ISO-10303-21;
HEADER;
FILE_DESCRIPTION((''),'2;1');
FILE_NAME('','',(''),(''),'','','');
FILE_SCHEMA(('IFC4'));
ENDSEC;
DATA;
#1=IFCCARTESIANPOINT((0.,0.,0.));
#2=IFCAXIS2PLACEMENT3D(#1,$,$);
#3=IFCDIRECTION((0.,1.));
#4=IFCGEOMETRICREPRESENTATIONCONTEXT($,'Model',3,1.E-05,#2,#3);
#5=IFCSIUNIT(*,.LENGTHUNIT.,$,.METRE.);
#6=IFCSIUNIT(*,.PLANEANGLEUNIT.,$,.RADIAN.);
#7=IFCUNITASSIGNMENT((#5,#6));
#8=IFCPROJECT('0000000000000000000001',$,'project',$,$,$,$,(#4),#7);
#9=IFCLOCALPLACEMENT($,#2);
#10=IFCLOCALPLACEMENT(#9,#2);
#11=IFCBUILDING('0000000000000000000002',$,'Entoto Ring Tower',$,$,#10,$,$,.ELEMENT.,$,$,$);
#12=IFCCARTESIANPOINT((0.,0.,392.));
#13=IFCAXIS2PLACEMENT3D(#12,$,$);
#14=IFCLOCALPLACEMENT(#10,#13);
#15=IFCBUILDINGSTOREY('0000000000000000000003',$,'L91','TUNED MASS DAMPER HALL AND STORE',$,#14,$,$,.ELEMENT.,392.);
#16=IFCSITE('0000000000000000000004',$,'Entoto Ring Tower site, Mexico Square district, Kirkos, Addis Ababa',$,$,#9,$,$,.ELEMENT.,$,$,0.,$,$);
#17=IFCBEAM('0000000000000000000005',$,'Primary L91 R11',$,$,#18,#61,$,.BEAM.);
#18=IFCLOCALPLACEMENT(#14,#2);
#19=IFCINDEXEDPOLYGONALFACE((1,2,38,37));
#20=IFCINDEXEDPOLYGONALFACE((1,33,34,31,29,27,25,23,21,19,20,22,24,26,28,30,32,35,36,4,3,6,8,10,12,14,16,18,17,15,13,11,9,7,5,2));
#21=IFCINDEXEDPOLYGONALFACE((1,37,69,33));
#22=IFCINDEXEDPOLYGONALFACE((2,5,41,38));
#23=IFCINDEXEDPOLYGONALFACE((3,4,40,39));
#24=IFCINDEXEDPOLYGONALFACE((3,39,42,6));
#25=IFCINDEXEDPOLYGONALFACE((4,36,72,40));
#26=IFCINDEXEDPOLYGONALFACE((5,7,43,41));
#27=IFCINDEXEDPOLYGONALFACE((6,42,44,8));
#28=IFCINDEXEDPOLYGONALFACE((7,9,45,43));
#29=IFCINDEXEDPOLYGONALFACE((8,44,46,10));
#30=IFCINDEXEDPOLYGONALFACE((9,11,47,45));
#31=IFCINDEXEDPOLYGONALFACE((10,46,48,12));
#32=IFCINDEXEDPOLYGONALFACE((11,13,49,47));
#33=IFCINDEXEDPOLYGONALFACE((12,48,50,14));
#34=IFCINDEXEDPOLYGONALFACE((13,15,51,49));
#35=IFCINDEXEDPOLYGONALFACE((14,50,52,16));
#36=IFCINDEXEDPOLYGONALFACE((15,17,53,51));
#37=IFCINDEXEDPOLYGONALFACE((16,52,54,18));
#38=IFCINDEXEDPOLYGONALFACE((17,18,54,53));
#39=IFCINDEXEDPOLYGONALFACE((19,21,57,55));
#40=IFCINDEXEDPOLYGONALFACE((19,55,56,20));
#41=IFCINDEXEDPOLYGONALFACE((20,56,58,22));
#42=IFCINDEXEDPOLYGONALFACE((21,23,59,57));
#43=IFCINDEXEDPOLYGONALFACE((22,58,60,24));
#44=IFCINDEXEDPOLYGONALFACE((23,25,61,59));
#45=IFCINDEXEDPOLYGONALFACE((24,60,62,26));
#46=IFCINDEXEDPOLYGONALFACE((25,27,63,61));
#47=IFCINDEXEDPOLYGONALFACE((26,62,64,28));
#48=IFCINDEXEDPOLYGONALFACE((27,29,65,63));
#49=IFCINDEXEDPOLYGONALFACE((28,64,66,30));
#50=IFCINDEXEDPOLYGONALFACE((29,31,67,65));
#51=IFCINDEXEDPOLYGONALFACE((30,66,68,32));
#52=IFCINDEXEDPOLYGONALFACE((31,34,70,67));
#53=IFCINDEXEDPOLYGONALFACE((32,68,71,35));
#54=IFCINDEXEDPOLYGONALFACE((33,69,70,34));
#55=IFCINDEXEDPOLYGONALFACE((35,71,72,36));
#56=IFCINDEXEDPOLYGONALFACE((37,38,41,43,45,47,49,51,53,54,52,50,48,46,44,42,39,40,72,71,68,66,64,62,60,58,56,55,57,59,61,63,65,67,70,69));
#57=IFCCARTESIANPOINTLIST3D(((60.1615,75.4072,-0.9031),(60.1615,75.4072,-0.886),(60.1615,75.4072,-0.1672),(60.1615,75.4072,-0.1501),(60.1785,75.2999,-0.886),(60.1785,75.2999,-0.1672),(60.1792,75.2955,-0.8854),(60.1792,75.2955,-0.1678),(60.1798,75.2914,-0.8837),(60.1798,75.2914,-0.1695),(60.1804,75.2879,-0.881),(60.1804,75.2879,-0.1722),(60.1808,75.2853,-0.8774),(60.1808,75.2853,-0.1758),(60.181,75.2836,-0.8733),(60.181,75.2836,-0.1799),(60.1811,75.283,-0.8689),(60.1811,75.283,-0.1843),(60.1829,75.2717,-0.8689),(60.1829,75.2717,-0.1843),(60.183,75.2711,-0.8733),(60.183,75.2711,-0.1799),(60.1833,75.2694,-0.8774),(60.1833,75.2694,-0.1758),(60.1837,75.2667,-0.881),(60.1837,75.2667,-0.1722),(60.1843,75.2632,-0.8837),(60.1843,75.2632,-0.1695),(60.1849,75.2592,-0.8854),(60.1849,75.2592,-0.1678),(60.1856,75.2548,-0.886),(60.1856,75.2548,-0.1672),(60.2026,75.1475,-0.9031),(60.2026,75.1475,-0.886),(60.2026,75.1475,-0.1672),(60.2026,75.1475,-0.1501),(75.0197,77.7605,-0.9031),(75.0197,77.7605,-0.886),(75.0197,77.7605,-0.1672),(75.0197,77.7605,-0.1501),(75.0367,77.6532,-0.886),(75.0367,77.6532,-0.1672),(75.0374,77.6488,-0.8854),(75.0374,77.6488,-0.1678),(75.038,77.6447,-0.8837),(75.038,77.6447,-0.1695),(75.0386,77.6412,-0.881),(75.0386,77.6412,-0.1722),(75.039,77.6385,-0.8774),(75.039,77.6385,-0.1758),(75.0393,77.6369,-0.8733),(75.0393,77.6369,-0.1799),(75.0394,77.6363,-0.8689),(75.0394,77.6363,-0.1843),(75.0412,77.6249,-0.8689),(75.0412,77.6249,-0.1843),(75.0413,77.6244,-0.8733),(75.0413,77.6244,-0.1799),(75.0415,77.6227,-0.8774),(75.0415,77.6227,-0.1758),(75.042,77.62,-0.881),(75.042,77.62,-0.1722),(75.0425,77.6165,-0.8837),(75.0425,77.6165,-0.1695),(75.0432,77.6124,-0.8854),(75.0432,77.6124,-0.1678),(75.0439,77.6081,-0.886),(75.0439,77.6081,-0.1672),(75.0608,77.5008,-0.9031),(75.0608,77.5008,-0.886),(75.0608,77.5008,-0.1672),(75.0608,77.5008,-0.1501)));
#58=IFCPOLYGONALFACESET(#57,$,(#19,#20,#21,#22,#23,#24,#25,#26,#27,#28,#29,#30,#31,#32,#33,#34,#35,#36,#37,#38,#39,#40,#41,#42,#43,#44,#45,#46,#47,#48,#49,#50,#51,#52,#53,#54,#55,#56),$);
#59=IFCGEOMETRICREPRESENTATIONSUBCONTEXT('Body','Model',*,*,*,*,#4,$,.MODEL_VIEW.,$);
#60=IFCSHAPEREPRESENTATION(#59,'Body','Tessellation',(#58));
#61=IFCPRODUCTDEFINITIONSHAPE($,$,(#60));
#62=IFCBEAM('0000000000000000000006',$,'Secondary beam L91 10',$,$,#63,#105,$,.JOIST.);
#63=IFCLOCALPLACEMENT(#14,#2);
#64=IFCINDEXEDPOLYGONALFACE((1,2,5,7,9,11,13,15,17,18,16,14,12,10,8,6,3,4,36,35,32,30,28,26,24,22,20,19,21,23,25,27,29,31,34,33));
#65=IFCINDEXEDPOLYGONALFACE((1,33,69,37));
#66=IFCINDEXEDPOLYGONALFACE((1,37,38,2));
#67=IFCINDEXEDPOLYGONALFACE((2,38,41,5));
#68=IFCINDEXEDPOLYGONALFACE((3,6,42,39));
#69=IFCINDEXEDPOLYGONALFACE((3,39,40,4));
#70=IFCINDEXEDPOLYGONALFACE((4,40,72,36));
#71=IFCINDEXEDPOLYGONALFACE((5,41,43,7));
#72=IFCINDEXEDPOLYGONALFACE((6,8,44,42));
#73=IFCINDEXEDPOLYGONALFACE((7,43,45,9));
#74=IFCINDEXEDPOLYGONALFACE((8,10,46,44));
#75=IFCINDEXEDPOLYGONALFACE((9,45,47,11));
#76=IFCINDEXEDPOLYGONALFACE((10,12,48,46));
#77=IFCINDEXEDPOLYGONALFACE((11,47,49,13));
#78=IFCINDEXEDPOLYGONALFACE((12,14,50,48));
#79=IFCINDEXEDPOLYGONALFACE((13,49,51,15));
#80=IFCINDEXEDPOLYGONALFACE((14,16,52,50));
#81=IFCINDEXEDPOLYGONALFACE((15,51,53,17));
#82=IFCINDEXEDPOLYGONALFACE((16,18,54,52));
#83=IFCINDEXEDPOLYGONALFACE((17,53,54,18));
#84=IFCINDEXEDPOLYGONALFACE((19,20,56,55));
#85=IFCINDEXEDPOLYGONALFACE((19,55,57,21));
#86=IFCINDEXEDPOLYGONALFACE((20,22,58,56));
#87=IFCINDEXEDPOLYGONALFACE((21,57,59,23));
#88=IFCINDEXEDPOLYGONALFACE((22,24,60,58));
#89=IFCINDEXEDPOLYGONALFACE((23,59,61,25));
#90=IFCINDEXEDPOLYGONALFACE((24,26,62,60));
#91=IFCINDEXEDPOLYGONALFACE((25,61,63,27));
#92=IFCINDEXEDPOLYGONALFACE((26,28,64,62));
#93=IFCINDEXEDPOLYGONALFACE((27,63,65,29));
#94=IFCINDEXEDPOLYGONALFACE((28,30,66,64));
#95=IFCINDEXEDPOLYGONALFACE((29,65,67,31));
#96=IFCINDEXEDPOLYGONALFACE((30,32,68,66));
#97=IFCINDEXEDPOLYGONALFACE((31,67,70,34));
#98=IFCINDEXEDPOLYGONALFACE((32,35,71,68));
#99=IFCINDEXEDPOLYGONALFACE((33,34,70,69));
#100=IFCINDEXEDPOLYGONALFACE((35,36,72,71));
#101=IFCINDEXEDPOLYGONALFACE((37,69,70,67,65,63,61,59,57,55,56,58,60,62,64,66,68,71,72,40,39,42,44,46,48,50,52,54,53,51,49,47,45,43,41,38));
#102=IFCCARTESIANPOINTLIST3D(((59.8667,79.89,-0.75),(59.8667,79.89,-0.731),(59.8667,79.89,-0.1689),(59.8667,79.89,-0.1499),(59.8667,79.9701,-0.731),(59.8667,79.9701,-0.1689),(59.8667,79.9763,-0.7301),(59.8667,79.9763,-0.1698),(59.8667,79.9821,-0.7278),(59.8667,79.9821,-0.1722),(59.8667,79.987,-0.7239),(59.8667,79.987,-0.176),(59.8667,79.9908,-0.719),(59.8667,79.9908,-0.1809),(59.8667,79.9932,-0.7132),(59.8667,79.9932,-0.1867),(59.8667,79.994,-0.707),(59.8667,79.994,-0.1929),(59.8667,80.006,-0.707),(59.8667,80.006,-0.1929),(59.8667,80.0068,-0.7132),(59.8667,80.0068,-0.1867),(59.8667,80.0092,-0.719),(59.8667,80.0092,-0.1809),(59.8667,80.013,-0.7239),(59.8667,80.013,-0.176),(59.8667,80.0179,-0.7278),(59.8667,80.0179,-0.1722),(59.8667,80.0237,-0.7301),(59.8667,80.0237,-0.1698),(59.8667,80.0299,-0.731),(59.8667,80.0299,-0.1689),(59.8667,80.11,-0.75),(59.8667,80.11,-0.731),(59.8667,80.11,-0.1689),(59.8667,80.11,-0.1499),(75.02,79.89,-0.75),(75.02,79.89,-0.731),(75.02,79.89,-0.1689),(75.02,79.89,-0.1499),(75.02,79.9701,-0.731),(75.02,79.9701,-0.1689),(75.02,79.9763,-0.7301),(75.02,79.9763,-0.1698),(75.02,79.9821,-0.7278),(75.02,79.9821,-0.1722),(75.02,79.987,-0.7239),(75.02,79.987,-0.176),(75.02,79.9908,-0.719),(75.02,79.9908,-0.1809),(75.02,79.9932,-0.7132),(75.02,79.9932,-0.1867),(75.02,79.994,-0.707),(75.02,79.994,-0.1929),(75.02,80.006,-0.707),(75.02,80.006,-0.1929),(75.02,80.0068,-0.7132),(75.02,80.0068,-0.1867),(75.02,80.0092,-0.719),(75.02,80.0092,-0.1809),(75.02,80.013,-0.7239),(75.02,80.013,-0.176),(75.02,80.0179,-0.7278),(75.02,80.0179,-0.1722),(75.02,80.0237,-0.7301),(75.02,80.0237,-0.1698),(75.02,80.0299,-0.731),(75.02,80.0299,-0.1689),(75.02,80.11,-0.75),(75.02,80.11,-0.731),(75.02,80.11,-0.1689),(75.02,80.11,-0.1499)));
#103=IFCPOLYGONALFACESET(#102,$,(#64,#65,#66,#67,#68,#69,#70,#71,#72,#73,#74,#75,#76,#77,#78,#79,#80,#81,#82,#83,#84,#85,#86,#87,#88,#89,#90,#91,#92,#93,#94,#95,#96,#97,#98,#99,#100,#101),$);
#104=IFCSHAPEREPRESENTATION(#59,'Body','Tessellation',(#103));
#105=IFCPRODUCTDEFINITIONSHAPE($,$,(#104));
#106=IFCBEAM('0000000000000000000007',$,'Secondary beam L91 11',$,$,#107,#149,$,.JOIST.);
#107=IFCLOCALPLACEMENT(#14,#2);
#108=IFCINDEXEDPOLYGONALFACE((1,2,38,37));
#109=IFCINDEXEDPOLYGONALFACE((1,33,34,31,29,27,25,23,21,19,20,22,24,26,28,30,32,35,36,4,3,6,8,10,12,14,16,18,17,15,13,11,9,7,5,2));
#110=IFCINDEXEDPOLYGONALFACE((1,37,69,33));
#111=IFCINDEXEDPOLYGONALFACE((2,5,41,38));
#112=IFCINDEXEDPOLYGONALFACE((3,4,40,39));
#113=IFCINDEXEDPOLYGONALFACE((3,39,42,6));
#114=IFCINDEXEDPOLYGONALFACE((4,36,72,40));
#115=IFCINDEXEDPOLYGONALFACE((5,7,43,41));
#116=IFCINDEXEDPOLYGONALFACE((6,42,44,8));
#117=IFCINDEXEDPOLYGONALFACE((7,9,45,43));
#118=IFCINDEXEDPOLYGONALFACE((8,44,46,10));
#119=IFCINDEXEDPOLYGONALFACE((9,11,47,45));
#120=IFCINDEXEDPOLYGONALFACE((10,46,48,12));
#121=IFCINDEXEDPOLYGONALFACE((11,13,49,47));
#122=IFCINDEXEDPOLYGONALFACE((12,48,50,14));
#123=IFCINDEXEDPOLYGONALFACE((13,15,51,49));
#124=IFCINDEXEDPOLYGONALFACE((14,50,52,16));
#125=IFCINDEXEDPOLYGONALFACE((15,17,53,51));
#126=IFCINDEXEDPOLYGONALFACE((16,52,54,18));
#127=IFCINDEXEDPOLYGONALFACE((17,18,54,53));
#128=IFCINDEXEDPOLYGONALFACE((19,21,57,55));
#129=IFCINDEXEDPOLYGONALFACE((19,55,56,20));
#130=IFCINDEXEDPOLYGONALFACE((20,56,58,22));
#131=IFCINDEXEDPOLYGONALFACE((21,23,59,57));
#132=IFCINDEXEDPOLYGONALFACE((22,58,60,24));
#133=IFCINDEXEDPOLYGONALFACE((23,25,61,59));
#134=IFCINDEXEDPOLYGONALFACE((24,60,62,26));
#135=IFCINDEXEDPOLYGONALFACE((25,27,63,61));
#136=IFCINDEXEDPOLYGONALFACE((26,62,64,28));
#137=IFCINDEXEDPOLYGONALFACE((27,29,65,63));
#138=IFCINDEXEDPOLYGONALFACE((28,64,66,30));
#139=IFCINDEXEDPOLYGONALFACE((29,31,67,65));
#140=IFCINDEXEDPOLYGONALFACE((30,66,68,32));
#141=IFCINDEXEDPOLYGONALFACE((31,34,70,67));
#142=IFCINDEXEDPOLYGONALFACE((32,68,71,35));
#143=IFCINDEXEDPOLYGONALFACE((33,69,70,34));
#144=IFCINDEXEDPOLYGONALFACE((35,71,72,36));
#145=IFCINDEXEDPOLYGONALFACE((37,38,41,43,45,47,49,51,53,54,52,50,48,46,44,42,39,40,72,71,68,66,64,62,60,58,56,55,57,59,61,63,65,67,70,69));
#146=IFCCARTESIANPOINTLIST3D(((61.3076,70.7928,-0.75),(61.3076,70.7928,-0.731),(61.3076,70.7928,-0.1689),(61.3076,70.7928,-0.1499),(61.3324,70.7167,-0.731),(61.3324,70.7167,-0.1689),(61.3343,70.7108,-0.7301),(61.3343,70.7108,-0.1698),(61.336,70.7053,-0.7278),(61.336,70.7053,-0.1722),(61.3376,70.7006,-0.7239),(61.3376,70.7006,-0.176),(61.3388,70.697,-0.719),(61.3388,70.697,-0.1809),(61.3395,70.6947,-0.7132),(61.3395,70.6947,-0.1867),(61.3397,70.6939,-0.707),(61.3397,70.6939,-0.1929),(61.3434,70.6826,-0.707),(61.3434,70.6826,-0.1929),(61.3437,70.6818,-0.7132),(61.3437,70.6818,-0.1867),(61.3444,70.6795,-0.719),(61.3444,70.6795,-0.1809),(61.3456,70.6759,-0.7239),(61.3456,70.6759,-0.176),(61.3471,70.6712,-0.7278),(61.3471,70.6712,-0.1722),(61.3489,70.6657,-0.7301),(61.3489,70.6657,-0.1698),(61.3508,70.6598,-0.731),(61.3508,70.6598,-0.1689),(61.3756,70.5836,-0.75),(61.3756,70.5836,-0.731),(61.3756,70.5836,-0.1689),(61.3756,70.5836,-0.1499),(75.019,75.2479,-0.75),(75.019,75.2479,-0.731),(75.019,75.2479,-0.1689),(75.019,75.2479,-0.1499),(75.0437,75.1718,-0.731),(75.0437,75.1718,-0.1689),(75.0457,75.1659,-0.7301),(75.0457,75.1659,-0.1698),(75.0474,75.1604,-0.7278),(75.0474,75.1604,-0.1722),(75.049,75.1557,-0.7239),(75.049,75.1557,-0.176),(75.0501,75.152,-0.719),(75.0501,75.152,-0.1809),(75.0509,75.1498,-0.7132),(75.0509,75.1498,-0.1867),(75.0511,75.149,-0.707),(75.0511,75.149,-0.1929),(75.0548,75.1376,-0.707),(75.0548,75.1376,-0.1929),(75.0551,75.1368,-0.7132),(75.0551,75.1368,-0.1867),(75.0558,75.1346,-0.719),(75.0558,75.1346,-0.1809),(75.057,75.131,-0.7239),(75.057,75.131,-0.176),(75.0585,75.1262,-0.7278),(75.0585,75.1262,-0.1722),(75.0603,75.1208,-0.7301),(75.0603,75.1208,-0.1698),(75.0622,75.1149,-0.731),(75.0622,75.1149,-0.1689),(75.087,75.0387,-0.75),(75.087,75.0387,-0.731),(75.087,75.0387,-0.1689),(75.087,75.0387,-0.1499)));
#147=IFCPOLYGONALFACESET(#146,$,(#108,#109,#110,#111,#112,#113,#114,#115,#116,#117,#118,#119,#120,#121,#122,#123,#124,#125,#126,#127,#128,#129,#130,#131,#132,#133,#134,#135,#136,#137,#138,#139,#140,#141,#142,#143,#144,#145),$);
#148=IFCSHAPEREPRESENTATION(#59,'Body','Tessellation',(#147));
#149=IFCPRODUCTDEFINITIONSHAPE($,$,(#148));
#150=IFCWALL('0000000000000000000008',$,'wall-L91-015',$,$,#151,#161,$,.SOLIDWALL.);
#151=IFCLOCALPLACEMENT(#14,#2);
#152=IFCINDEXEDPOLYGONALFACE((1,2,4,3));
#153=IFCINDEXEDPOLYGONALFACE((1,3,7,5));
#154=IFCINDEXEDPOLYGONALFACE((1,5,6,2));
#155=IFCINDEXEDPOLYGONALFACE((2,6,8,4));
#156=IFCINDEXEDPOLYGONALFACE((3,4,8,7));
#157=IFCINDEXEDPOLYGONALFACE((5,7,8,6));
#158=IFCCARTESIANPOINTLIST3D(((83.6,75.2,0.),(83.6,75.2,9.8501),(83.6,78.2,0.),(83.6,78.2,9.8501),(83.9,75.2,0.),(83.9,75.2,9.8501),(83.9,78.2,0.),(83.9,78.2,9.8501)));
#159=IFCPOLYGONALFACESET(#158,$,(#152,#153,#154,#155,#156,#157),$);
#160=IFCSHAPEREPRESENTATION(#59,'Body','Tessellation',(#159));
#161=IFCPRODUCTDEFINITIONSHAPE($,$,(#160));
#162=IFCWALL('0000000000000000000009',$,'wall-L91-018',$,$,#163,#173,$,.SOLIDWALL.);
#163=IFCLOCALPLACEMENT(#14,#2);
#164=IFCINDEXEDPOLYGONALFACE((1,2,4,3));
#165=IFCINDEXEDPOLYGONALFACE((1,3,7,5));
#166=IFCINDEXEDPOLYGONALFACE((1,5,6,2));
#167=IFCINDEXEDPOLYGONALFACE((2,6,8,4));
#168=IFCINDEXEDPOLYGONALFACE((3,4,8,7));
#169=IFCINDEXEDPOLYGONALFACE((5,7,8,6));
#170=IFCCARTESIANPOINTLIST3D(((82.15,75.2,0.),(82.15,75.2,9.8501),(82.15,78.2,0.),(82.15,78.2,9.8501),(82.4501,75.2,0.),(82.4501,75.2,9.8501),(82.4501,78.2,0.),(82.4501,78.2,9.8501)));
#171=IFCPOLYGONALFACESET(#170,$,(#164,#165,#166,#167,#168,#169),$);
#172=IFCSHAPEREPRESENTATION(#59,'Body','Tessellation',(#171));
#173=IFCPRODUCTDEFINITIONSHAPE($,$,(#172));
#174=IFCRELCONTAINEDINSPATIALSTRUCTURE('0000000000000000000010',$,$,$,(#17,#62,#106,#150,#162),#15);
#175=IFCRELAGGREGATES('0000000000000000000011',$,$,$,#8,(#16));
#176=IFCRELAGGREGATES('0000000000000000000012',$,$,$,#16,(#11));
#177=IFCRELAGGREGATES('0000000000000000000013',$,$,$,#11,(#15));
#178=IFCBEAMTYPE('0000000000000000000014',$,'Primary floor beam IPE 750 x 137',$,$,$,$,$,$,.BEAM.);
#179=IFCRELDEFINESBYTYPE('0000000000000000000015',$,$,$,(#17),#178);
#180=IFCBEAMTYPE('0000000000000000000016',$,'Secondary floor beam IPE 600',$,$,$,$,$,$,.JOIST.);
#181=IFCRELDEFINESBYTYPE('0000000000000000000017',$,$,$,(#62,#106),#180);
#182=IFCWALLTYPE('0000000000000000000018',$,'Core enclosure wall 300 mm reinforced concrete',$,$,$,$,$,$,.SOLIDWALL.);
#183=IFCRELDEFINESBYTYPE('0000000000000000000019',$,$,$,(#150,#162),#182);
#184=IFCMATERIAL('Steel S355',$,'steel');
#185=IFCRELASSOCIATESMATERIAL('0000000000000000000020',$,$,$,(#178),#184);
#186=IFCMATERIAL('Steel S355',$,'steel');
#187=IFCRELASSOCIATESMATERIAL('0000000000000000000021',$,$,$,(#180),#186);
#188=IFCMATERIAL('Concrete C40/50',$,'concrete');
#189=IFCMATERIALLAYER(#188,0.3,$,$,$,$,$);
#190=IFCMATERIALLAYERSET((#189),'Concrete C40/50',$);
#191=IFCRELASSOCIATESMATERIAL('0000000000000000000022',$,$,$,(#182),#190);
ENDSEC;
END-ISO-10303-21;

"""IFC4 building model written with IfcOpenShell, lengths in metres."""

from ifc_helpers import new_model, si_unit, direction, frame, frame_2d, origin, origin_2d, place, context, subcontext, project, spatial, rectangle, i_section, extrude, material, layer, layer_set, material_profile, profile_set, type_object, element, save


model = new_model("IFC4")

# Units and contexts
model_context = context("Model", 3, precision=1e-05, world=origin(), true_north=direction((0.0, 1.0)))
body_context = subcontext(model_context, "Body", "Model", "MODEL_VIEW")
ifc_project = project(units=[si_unit("LENGTHUNIT", "METRE"), si_unit("PLANEANGLEUNIT", "RADIAN")], contexts=[model_context])

# Site, building, storey
site_placement = place(None, origin())
site = spatial("IfcSite", under=ifc_project, at=site_placement, Name="Entoto Ring Tower site, Mexico Square district, Kirkos, Addis Ababa", CompositionType="ELEMENT", RefElevation=0.0)
building_placement = place(site_placement, origin())
building = spatial("IfcBuilding", under=site, at=building_placement, Name="Entoto Ring Tower", CompositionType="ELEMENT")
storey_placement = place(building_placement, frame((0.0, 0.0, 392.0)))
storey = spatial("IfcBuildingStorey", under=building, at=storey_placement, Name="L91", Description="TUNED MASS DAMPER HALL AND STORE", CompositionType="ELEMENT", Elevation=392.0)

# Beams
ifc_material_1 = material(Name="Steel S355", Category="steel")
ifc_material_profile_1 = material_profile(ifc_material_1, i_section(OverallWidth=0.2629, OverallDepth=0.7529, WebThickness=0.0115, FlangeThickness=0.0171, FilletRadius=0.0171, at=origin_2d()), Name="IPE 750 x 137")
ifc_profile_set_1 = profile_set([ifc_material_profile_1], Name="Steel S355")
beam_type_1 = type_object("IfcBeamType", Name="Primary floor beam IPE 750 x 137", PredefinedType="BEAM", material=ifc_profile_set_1)
beam_1_placement = place(storey_placement, frame((75.0403, 77.6306, -0.5266), z_axis=(-0.987689, -0.156433, 0.0), x_axis=(0.156433, -0.987689, 0.0)))
element("IfcBeam", 1, at=beam_1_placement, inside=storey, type_object=beam_type_1, Name="Primary L91 R11", PredefinedType="BEAM", context=body_context, shape_type="SweptSolid", body=[
    extrude(i_section(OverallWidth=0.2629, OverallDepth=0.7529, WebThickness=0.0115, FlangeThickness=0.0171, FilletRadius=0.0171, at=origin_2d()), origin(), (0.0, 0.0, 1.0), 15.0435),
])
ifc_material_2 = material(Name="Steel S355", Category="steel")
ifc_material_profile_2 = material_profile(ifc_material_2, i_section(OverallWidth=0.22, OverallDepth=0.6001, WebThickness=0.012, FlangeThickness=0.019, FilletRadius=0.0239, at=origin_2d()), Name="IPE 600")
ifc_profile_set_2 = profile_set([ifc_material_profile_2], Name="Steel S355")
beam_type_2 = type_object("IfcBeamType", Name="Secondary floor beam IPE 600", PredefinedType="JOIST", material=ifc_profile_set_2)
beam_2_placement = place(storey_placement, frame((75.02, 80.0, -0.45), z_axis=(-1.0, 0.0, 0.0), x_axis=(0.0, -1.0, 0.0)))
element("IfcBeam", 2, at=beam_2_placement, inside=storey, type_object=beam_type_2, Name="Secondary beam L91 10", PredefinedType="JOIST", context=body_context, shape_type="SweptSolid", body=[
    extrude(i_section(OverallWidth=0.22, OverallDepth=0.6001, WebThickness=0.012, FlangeThickness=0.019, FilletRadius=0.0239, at=origin_2d()), origin(), (0.0, 0.0, 1.0), 15.1533),
])
beam_3_placement = place(storey_placement, frame((75.053, 75.1433, -0.45), z_axis=(-0.951057, -0.309015, 0.0), x_axis=(0.309015, -0.951057, 0.0)))
element("IfcBeam", 3, at=beam_3_placement, inside=storey, type_object=beam_type_2, Name="Secondary beam L91 11", PredefinedType="JOIST", context=body_context, shape_type="SweptSolid", body=[
    extrude(i_section(OverallWidth=0.22, OverallDepth=0.6001, WebThickness=0.012, FlangeThickness=0.019, FilletRadius=0.0239, at=origin_2d()), origin(), (0.0, 0.0, 1.0), 14.417),
])

# Walls
ifc_material_3 = material(Name="Concrete C40/50", Category="concrete")
ifc_layer_1 = layer(ifc_material_3, 0.3)
ifc_layer_set_1 = layer_set([ifc_layer_1], Name="Concrete C40/50")
wall_type = type_object("IfcWallType", Name="Core enclosure wall 300 mm reinforced concrete", PredefinedType="SOLIDWALL", material=ifc_layer_set_1)
for number, where, z_axis, x_axis, name in (
    (4, (83.75, 75.2, 0.0), (0.0, 0.0, 1.0), (0.0, 1.0, 0.0), "wall-L91-015"),
    (5, (82.3, 75.2, 0.0), (0.0, 0.0, 1.0), (0.0, 1.0, 0.0), "wall-L91-018"),
):
    element("IfcWall", number, at=place(storey_placement, frame(where, z_axis=z_axis, x_axis=x_axis)), inside=storey, type_object=wall_type, Name=name, PredefinedType="SOLIDWALL", context=body_context, shape_type="SweptSolid", body=[
        extrude(rectangle(XDim=3.0, YDim=0.3, at=frame_2d((1.5, 0.0))), origin(), (0.0, 0.0, 1.0), 9.8501),
    ])

save(model, "model.ifc")
